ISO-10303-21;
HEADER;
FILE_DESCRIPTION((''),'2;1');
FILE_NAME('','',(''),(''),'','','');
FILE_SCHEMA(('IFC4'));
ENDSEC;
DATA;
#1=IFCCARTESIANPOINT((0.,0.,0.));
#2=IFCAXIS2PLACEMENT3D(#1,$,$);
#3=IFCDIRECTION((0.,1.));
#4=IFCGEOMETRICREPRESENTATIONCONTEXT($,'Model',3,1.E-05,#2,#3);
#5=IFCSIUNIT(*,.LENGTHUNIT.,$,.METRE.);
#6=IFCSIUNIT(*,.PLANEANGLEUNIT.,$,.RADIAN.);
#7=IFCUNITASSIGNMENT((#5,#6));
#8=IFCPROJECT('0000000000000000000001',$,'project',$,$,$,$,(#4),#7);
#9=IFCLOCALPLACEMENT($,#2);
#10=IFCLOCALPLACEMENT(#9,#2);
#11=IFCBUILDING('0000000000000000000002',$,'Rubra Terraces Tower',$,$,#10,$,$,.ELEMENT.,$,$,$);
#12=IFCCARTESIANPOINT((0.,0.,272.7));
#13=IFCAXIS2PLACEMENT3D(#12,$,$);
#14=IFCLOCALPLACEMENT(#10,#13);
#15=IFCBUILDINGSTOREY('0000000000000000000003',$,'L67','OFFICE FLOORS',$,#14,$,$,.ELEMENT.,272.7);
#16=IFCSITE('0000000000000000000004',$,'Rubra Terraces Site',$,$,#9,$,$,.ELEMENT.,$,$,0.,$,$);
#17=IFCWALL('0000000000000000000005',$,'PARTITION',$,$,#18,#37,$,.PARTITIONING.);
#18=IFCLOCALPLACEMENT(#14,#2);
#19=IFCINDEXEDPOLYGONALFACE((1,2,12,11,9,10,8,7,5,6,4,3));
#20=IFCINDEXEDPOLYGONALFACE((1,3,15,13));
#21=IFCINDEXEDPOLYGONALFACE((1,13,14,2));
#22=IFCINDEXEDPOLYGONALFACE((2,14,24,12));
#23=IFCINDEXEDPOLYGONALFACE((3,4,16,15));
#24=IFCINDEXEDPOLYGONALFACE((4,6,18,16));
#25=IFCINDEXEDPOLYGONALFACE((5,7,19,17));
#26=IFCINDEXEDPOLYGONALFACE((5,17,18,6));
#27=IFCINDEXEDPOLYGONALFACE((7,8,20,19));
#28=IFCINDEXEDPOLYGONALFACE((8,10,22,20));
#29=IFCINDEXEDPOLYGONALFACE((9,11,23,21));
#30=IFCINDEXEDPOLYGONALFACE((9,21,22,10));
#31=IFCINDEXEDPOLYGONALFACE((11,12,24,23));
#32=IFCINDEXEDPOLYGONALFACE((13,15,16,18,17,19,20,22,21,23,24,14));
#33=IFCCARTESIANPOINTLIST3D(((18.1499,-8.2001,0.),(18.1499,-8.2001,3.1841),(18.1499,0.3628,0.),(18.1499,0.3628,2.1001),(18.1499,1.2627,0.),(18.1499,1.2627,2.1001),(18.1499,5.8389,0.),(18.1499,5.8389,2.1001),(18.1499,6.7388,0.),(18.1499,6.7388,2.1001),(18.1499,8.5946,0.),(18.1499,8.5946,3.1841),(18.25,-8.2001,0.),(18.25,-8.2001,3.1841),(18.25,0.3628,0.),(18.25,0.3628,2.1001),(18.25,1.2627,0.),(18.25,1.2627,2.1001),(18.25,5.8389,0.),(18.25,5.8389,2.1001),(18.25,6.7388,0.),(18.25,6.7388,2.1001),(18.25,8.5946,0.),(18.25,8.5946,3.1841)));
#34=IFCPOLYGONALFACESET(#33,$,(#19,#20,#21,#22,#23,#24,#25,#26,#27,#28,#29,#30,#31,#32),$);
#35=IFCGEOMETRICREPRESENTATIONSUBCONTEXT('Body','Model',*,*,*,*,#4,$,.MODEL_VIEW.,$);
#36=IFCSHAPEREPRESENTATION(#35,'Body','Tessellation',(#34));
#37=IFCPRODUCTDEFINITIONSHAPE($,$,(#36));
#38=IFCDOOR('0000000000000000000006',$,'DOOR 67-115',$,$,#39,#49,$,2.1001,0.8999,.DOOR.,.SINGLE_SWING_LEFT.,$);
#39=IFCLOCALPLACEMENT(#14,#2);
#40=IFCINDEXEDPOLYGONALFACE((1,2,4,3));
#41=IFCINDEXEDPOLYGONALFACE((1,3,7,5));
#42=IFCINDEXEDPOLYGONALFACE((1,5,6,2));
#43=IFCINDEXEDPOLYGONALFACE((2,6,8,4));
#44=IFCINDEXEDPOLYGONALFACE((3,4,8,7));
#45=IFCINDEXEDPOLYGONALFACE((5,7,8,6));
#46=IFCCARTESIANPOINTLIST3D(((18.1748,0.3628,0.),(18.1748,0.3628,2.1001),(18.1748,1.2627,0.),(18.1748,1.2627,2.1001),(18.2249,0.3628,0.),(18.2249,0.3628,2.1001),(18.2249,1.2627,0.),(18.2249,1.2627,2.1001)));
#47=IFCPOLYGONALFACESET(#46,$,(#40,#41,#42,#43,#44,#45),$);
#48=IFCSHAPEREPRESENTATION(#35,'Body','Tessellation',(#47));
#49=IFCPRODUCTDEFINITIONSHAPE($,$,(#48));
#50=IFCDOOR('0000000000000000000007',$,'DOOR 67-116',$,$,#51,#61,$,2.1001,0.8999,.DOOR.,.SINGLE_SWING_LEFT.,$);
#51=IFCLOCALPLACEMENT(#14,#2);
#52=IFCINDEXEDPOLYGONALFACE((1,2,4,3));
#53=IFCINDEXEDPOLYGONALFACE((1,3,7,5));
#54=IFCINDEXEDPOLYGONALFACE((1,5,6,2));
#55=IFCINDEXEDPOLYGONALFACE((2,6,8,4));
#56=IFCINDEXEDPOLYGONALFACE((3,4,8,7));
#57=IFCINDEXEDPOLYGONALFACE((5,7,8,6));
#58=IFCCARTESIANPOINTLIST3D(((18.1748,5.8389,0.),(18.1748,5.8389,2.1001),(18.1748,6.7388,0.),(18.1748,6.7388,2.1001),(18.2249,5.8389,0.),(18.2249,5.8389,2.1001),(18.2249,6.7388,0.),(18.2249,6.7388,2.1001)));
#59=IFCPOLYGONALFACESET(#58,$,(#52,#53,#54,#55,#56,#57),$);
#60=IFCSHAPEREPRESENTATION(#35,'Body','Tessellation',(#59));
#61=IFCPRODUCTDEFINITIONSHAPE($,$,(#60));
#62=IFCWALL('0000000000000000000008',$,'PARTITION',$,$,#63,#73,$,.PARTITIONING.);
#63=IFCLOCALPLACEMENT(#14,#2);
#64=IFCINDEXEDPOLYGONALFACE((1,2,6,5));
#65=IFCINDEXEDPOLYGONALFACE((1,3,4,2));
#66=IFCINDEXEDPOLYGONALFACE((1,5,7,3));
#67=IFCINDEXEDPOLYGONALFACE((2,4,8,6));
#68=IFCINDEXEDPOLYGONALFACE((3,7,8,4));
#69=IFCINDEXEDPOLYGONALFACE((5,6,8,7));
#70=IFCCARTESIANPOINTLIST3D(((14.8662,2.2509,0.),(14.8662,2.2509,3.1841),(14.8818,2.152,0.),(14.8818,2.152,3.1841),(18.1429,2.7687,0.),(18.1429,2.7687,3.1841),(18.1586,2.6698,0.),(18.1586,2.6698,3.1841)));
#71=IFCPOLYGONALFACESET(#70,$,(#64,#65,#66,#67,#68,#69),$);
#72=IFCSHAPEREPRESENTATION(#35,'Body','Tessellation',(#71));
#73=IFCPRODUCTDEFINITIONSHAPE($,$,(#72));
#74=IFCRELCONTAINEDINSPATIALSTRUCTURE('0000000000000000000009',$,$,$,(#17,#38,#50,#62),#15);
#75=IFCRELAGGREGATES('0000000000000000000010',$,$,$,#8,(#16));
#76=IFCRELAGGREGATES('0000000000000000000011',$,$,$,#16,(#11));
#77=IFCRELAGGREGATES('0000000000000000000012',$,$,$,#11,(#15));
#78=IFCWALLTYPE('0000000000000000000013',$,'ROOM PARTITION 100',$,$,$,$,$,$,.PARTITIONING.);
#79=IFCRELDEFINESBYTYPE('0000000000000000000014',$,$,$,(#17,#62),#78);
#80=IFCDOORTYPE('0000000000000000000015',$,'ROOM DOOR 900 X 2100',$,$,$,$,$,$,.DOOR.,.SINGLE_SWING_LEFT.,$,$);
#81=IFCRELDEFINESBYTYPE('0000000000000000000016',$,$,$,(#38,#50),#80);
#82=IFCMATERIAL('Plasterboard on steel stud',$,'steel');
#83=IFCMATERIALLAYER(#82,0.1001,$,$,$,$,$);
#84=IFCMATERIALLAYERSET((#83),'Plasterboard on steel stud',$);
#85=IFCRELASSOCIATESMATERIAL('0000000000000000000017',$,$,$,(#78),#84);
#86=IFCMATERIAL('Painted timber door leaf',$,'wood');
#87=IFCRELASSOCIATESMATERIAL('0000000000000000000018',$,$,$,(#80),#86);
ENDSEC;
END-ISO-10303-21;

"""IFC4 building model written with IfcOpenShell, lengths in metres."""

from ifc_helpers import new_model, si_unit, direction, frame, frame_2d, origin, place, context, subcontext, project, spatial, rectangle, extrude, material, layer, layer_set, type_object, element, fill, save


model = new_model("IFC4")

# Units and contexts
model_context = context("Model", 3, precision=1e-05, world=origin(), true_north=direction((0.0, 1.0)))
body_context = subcontext(model_context, "Body", "Model", "MODEL_VIEW")
ifc_project = project(units=[si_unit("LENGTHUNIT", "METRE"), si_unit("PLANEANGLEUNIT", "RADIAN")], contexts=[model_context])

# Site, building, storey
site_placement = place(None, origin())
site = spatial("IfcSite", under=ifc_project, at=site_placement, Name="Rubra Terraces Site", CompositionType="ELEMENT", RefElevation=0.0)
building_placement = place(site_placement, origin())
building = spatial("IfcBuilding", under=site, at=building_placement, Name="Rubra Terraces Tower", CompositionType="ELEMENT")
storey_placement = place(building_placement, frame((0.0, 0.0, 272.7)))
storey = spatial("IfcBuildingStorey", under=building, at=storey_placement, Name="L67", Description="OFFICE FLOORS", CompositionType="ELEMENT", Elevation=272.7)

# Wall, openings, doors
ifc_material_1 = material(Name="Plasterboard on steel stud", Category="steel")
ifc_layer_1 = layer(ifc_material_1, 0.1001)
ifc_layer_set_1 = layer_set([ifc_layer_1], Name="Plasterboard on steel stud")
wall_type_1 = type_object("IfcWallType", Name="ROOM PARTITION 100", PredefinedType="PARTITIONING", material=ifc_layer_set_1)
wall_1_placement = place(storey_placement, frame((18.2, 8.5947, 0.0), z_axis=(0.0, 0.0, 1.0), x_axis=(0.0, -1.0, 0.0)))
wall_1 = element("IfcWall", 1, at=wall_1_placement, inside=storey, type_object=wall_type_1, Name="PARTITION", PredefinedType="PARTITIONING", context=body_context, shape_type="SweptSolid", body=[
    extrude(rectangle(XDim=16.7947, YDim=0.1001, at=frame_2d((8.3975, 0.0))), origin(), (0.0, 0.0, 1.0), 3.1841),
])
opening_1_placement = place(wall_1_placement, frame((7.332, 0.0, 0.0)))
opening_1 = element("IfcOpeningElement", 2, at=opening_1_placement, cuts=wall_1, PredefinedType="OPENING", context=body_context, shape_type="SweptSolid", body=[
    extrude(rectangle(XDim=0.8999, YDim=2.1001, at=frame_2d((0.45, 1.05))), frame((0.0, 0.0601, 0.0), z_axis=(0.0, -1.0, 0.0), x_axis=(1.0, 0.0, 0.0)), (0.0, 0.0, 1.0), 0.1201),
])
opening_2_placement = place(wall_1_placement, frame((1.856, 0.0, 0.0)))
opening_2 = element("IfcOpeningElement", 3, at=opening_2_placement, cuts=wall_1, PredefinedType="OPENING", context=body_context, shape_type="SweptSolid", body=[
    extrude(rectangle(XDim=0.8999, YDim=2.1001, at=frame_2d((0.45, 1.05))), frame((0.0, 0.0601, 0.0), z_axis=(0.0, -1.0, 0.0), x_axis=(1.0, 0.0, 0.0)), (0.0, 0.0, 1.0), 0.1201),
])
ifc_material_2 = material(Name="Painted timber door leaf", Category="wood")
door_type_1 = type_object("IfcDoorType", Name="ROOM DOOR 900 X 2100", OperationType="SINGLE_SWING_LEFT", PredefinedType="DOOR", material=ifc_material_2)
door_1_placement = place(opening_1_placement, origin())
door_1 = element("IfcDoor", 4, at=door_1_placement, inside=storey, type_object=door_type_1, Name="DOOR 67-115", OperationType="SINGLE_SWING_LEFT", OverallHeight=2.1001, OverallWidth=0.8999, PredefinedType="DOOR", context=body_context, shape_type="SweptSolid", body=[
    extrude(rectangle(XDim=0.8999, YDim=2.1001, at=frame_2d((0.45, 1.05))), frame((0.0, 0.0249, 0.0), z_axis=(0.0, -1.0, 0.0), x_axis=(1.0, 0.0, 0.0)), (0.0, 0.0, 1.0), 0.05),
])
fill(opening_1, door_1)
door_2_placement = place(opening_2_placement, origin())
door_2 = element("IfcDoor", 5, at=door_2_placement, inside=storey, type_object=door_type_1, Name="DOOR 67-116", OperationType="SINGLE_SWING_LEFT", OverallHeight=2.1001, OverallWidth=0.8999, PredefinedType="DOOR", context=body_context, shape_type="SweptSolid", body=[
    extrude(rectangle(XDim=0.8999, YDim=2.1001, at=frame_2d((0.45, 1.05))), frame((0.0, 0.0249, 0.0), z_axis=(0.0, -1.0, 0.0), x_axis=(1.0, 0.0, 0.0)), (0.0, 0.0, 1.0), 0.05),
])
fill(opening_2, door_2)

# Wall
wall_2_placement = place(storey_placement, frame((14.874, 2.2014, 0.0), z_axis=(0.0, 0.0, 1.0), x_axis=(0.987741, 0.156099, 0.0)))
element("IfcWall", 6, at=wall_2_placement, inside=storey, type_object=wall_type_1, Name="PARTITION", PredefinedType="PARTITIONING", context=body_context, shape_type="SweptSolid", body=[
    extrude(rectangle(XDim=3.3174, YDim=0.1001, at=frame_2d((1.6587, 0.0))), origin(), (0.0, 0.0, 1.0), 3.1841),
])

save(model, "model.ifc")
